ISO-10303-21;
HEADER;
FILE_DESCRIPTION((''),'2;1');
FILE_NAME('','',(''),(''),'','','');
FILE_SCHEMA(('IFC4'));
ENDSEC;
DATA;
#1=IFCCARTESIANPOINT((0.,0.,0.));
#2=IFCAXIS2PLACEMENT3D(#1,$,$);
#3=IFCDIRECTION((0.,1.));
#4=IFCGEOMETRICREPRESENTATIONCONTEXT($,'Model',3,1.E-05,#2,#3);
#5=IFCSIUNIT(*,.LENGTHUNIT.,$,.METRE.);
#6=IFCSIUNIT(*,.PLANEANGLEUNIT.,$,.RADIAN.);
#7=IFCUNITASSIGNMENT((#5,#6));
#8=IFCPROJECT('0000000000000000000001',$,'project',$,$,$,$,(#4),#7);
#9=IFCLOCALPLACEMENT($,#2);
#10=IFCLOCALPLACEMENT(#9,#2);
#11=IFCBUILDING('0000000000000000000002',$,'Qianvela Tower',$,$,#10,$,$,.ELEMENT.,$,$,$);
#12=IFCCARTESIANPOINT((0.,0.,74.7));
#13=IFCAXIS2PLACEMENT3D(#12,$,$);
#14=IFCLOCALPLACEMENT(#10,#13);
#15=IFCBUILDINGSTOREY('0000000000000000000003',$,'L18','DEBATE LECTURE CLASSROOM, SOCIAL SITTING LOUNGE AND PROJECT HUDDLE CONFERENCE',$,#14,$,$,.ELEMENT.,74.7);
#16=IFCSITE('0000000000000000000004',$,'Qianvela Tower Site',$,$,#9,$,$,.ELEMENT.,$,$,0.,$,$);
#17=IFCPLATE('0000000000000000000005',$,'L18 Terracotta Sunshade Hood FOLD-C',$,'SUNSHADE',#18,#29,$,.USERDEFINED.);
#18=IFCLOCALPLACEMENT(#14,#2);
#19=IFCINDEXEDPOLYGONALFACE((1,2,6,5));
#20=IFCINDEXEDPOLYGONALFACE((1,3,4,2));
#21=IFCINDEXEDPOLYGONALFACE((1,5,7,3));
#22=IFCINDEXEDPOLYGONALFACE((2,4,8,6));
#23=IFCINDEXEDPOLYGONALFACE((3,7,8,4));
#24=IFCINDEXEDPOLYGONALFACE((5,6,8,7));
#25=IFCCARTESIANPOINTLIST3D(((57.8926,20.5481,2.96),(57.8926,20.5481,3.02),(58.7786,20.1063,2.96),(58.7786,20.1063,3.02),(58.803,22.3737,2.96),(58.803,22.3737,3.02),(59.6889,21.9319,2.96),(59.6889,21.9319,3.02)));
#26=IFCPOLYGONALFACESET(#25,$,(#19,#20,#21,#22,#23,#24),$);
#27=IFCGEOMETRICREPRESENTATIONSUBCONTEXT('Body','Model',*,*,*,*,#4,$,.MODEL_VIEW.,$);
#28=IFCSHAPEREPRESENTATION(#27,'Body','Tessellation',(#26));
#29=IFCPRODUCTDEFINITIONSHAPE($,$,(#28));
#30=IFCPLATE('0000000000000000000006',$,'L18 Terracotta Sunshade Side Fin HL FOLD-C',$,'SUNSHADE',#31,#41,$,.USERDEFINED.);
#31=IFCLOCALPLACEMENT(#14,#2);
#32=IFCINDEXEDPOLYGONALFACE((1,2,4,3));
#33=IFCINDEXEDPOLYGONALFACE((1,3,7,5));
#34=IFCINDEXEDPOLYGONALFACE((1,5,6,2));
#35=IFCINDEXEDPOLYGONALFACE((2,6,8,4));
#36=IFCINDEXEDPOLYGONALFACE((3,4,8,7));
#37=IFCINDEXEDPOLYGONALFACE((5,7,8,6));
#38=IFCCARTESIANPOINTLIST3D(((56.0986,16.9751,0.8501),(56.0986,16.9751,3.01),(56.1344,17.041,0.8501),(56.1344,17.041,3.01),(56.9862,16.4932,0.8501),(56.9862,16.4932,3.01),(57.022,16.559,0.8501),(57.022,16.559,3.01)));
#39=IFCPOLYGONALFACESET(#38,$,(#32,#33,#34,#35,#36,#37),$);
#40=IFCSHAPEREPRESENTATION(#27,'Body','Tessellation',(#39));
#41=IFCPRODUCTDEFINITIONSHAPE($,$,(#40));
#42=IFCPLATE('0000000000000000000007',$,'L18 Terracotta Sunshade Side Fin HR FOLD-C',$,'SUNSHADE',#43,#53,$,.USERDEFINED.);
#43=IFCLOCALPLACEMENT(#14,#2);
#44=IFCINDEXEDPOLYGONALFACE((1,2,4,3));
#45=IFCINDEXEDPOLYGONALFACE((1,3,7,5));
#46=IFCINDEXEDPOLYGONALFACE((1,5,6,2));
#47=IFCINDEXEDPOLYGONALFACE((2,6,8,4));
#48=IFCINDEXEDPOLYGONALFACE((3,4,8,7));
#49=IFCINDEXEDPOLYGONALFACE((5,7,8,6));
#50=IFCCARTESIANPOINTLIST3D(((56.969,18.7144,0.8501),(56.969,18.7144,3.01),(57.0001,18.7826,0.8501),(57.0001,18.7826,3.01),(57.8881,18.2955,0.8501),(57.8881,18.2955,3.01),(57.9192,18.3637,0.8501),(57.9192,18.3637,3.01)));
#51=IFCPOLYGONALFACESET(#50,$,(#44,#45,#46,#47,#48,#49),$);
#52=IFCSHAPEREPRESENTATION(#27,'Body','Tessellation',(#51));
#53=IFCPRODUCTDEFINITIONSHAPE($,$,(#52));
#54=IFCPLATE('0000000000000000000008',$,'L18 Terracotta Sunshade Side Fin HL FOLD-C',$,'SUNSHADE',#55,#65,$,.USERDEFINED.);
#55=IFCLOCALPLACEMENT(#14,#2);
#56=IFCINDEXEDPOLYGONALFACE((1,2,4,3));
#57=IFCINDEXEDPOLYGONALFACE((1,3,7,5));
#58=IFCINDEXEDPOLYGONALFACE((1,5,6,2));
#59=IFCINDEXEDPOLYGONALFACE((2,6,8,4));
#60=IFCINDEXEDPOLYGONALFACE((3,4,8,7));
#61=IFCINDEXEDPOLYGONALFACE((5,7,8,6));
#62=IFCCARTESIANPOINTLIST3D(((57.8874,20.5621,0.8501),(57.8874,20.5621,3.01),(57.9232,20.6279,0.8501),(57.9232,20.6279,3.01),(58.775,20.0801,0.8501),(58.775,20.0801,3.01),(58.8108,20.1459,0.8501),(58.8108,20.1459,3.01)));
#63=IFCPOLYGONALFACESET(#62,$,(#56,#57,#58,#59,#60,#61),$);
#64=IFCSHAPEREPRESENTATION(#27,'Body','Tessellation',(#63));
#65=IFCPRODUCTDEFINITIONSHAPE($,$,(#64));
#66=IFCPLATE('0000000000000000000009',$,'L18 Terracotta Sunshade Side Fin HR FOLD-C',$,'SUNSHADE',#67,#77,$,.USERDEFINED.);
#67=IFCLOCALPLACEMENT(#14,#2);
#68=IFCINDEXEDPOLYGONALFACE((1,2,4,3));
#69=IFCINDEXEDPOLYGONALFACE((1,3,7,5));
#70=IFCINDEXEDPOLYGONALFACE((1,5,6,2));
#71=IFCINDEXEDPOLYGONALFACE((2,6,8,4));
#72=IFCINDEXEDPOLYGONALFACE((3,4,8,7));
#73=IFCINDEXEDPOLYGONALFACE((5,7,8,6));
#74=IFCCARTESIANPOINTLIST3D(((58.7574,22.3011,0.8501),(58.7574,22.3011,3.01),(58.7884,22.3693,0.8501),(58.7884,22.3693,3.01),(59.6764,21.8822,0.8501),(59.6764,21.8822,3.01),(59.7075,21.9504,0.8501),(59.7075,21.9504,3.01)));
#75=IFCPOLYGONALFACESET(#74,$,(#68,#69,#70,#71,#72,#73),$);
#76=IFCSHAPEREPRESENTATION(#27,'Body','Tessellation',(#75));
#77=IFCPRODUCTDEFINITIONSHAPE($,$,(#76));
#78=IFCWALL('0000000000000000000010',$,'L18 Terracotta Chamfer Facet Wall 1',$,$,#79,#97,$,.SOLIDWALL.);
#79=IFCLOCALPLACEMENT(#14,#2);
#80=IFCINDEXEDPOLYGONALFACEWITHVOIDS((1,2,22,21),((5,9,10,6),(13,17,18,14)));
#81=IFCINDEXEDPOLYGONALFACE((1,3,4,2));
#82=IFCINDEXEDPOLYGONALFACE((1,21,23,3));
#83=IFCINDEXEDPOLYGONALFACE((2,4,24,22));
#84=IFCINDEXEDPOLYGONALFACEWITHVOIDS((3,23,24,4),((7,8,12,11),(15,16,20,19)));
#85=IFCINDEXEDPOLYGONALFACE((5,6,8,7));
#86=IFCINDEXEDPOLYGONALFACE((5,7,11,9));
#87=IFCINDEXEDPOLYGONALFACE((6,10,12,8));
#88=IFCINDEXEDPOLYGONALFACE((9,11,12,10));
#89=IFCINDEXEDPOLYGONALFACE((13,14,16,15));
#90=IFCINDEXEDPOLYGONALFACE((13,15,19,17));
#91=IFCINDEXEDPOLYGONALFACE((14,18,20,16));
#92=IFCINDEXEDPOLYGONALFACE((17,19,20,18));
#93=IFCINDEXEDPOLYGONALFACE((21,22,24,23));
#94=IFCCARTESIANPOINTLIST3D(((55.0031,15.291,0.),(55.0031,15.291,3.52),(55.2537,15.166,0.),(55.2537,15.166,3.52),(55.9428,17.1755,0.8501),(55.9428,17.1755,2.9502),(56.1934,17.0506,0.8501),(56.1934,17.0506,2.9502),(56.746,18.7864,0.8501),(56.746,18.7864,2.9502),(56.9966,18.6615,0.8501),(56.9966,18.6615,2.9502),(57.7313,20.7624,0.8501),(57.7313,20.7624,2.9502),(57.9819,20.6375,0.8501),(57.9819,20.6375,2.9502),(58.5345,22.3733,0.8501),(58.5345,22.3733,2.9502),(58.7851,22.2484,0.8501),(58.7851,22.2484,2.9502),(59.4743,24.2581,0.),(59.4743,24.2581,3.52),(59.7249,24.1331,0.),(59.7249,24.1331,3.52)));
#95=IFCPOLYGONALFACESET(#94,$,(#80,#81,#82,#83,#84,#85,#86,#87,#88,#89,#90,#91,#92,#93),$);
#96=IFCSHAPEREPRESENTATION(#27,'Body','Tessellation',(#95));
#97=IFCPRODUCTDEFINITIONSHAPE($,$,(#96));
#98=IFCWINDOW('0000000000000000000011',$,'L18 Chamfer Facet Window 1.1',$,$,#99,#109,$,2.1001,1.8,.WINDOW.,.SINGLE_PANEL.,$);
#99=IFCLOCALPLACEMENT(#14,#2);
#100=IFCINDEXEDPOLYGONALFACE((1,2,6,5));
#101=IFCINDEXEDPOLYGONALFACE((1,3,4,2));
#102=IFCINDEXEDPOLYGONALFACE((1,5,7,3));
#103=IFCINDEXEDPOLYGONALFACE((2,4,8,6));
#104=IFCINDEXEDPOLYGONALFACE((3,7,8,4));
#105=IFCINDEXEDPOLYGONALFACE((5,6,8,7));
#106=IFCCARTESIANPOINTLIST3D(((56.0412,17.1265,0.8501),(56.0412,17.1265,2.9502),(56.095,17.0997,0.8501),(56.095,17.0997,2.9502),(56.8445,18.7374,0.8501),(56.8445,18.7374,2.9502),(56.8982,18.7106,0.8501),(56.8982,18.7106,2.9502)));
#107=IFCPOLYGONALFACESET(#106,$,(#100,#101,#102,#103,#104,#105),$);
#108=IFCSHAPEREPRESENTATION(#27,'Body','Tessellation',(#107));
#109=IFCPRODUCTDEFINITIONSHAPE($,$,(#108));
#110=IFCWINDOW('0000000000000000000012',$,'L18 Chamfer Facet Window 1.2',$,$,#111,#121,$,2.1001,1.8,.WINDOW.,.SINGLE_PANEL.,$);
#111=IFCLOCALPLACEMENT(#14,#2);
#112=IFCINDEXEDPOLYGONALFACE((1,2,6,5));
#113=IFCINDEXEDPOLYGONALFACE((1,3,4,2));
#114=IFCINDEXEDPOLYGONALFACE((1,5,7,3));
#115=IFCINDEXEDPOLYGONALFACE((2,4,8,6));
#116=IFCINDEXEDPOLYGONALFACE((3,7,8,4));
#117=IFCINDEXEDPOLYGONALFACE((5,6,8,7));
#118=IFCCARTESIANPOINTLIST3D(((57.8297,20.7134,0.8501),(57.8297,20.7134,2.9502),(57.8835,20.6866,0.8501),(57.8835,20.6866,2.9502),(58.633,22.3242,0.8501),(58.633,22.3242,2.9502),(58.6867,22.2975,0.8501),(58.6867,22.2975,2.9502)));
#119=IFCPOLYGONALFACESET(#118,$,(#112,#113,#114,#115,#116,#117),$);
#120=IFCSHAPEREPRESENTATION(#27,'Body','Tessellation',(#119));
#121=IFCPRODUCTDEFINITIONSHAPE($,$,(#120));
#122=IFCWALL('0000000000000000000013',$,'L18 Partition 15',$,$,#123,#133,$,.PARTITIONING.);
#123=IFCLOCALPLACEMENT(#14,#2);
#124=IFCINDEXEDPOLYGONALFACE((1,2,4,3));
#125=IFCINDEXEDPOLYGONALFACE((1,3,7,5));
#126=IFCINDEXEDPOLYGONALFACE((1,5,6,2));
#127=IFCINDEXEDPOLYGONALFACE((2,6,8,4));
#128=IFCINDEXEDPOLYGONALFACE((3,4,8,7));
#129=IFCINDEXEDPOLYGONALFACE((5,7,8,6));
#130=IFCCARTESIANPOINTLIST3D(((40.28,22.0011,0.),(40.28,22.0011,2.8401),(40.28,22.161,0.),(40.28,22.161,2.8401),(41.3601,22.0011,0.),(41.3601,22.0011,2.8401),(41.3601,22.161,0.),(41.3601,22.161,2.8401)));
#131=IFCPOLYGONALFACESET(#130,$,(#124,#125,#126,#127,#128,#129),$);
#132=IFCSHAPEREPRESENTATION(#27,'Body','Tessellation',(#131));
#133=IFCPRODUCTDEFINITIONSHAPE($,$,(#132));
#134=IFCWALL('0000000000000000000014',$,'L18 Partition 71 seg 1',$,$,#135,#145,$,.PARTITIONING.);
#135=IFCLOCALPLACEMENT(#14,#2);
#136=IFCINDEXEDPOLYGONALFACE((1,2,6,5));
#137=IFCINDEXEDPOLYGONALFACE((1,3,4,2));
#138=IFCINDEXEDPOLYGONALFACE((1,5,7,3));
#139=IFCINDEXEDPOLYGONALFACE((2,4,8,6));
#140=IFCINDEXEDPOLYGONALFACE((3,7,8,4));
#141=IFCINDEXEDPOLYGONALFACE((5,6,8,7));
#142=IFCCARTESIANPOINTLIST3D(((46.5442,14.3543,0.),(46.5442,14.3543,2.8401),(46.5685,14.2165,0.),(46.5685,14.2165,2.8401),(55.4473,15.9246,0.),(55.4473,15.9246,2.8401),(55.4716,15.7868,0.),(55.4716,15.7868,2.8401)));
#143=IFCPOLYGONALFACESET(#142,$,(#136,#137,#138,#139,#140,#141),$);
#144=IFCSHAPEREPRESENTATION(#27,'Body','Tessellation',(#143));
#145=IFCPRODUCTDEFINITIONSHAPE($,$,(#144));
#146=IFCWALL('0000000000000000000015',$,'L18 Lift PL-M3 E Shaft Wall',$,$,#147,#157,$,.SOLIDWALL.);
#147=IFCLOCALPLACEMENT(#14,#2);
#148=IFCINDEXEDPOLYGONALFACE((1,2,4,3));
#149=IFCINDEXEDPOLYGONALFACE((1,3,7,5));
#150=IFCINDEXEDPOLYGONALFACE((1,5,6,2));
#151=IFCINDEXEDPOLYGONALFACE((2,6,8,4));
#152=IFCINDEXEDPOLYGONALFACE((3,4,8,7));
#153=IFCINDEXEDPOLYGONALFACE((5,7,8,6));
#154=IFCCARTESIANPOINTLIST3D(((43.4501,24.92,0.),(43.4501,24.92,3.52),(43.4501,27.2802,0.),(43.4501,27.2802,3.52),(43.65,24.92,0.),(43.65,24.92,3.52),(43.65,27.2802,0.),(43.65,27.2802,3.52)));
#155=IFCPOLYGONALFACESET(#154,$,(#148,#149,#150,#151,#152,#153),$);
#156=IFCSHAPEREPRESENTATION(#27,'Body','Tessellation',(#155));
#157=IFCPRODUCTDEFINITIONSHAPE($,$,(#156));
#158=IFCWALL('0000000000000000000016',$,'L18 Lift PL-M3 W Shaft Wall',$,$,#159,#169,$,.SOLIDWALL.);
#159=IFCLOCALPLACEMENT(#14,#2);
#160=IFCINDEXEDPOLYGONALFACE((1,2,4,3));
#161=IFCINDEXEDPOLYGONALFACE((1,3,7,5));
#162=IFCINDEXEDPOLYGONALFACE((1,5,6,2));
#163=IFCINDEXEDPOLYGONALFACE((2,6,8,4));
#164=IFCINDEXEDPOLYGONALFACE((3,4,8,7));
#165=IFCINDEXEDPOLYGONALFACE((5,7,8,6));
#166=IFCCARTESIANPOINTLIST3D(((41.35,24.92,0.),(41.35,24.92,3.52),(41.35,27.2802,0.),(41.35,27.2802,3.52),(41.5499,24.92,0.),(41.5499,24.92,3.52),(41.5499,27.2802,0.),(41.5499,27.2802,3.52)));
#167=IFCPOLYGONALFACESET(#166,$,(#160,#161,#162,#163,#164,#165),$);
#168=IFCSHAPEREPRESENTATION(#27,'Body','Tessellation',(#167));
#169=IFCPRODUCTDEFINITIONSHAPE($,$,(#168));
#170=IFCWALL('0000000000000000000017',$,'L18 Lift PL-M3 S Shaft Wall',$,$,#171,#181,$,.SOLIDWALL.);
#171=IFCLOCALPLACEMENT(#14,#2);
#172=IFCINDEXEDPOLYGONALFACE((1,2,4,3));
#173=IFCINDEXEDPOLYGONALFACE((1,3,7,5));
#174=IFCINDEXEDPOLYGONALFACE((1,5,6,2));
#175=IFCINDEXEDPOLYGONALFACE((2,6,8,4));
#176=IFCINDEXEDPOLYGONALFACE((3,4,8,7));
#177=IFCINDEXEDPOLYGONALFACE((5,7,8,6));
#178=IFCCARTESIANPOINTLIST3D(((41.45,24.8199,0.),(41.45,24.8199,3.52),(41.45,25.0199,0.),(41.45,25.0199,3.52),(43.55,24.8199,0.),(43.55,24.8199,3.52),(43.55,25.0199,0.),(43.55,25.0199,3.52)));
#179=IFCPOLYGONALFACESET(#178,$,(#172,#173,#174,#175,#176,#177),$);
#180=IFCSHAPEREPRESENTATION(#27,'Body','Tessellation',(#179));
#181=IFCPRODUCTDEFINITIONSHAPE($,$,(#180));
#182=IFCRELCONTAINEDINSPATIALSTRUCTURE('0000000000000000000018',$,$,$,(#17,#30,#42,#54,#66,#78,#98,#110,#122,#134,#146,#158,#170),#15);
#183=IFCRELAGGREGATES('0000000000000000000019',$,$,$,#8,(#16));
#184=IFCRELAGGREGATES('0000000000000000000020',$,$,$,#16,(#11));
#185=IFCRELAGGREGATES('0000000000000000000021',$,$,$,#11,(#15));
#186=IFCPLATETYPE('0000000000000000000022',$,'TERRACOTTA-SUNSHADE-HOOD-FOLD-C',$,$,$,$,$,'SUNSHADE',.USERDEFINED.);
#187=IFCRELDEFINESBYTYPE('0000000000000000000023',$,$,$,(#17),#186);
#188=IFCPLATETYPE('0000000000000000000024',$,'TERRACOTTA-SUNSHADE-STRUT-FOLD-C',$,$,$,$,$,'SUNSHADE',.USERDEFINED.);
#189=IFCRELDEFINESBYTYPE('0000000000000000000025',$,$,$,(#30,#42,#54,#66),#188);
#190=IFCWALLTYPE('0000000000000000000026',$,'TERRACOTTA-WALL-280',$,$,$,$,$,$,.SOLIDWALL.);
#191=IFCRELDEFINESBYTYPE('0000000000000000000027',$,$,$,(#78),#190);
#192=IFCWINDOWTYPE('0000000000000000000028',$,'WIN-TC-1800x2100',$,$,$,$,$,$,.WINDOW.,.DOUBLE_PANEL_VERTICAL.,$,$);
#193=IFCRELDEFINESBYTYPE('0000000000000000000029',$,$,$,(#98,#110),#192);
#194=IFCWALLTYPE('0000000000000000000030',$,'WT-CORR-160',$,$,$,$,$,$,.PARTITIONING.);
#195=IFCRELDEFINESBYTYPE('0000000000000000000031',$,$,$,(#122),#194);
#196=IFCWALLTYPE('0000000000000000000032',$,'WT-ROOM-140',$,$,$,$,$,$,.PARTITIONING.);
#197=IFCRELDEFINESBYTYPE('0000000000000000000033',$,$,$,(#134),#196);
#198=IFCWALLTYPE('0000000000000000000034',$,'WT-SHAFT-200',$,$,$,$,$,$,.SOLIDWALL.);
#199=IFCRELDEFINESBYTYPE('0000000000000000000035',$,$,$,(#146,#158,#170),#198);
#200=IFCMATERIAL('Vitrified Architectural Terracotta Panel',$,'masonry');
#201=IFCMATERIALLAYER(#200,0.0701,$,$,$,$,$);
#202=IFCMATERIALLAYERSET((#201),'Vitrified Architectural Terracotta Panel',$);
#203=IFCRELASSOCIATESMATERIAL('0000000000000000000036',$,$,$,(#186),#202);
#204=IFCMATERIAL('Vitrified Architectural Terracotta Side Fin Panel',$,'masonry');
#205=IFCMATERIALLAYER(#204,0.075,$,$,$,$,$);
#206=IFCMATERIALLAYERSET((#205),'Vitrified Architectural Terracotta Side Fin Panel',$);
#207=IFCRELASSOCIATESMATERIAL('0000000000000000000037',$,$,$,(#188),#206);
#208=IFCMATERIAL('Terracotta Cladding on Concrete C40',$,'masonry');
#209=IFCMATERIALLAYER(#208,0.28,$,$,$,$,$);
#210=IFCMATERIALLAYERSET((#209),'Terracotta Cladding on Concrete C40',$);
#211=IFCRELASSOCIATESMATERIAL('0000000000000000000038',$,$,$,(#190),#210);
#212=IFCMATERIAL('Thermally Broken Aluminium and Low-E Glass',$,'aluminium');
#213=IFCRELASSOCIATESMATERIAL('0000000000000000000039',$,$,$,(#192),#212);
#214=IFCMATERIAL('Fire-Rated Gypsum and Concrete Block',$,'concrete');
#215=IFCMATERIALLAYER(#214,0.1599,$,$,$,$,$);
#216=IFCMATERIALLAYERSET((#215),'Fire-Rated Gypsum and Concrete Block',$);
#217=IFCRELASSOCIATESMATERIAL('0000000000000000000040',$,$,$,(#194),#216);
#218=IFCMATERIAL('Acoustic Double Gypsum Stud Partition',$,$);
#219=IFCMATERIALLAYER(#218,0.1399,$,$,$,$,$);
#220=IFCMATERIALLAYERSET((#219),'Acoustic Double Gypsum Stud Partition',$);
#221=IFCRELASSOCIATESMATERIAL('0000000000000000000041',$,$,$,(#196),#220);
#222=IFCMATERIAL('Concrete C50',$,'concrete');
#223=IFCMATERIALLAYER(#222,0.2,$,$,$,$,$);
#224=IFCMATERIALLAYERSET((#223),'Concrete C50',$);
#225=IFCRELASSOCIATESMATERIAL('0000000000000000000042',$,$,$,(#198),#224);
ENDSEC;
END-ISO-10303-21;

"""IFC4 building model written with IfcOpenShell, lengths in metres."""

from ifc_helpers import new_model, si_unit, direction, frame, frame_2d, origin, origin_2d, place, context, subcontext, project, spatial, rectangle, extrude, material, layer, layer_set, type_object, element, fill, save


model = new_model("IFC4")

# Units and contexts
model_context = context("Model", 3, precision=1e-05, world=origin(), true_north=direction((0.0, 1.0)))
body_context = subcontext(model_context, "Body", "Model", "MODEL_VIEW")
ifc_project = project(units=[si_unit("LENGTHUNIT", "METRE"), si_unit("PLANEANGLEUNIT", "RADIAN")], contexts=[model_context])

# Site, building, storey
site_placement = place(None, origin())
site = spatial("IfcSite", under=ifc_project, at=site_placement, Name="Qianvela Tower Site", CompositionType="ELEMENT", RefElevation=0.0)
building_placement = place(site_placement, origin())
building = spatial("IfcBuilding", under=site, at=building_placement, Name="Qianvela Tower", CompositionType="ELEMENT")
storey_placement = place(building_placement, frame((0.0, 0.0, 74.7)))
storey = spatial("IfcBuildingStorey", under=building, at=storey_placement, Name="L18", Description="DEBATE LECTURE CLASSROOM, SOCIAL SITTING LOUNGE AND PROJECT HUDDLE CONFERENCE", CompositionType="ELEMENT", Elevation=74.7)

# Plates
ifc_material_1 = material(Name="Vitrified Architectural Terracotta Panel", Category="masonry")
ifc_layer_1 = layer(ifc_material_1, 0.0701)
ifc_layer_set_1 = layer_set([ifc_layer_1], Name="Vitrified Architectural Terracotta Panel")
plate_type_1 = type_object("IfcPlateType", Name="TERRACOTTA-SUNSHADE-HOOD-FOLD-C", ElementType="SUNSHADE", PredefinedType="USERDEFINED", material=ifc_layer_set_1)
for number, where, z_axis, x_axis, name in (
    (1, (58.7908, 21.24, 2.96), (0.0, 0.0, 1.0), (0.446248, 0.894909, 0.0), "L18 Terracotta Sunshade Hood FOLD-C"),
):
    element("IfcPlate", number, at=place(storey_placement, frame(where, z_axis=z_axis, x_axis=x_axis)), inside=storey, type_object=plate_type_1, Name=name, ObjectType="SUNSHADE", PredefinedType="USERDEFINED", context=body_context, shape_type="SweptSolid", body=[
        extrude(rectangle(XDim=2.04, YDim=0.99, at=origin_2d()), origin(), (0.0, 0.0, 1.0), 0.0601),
    ])
ifc_material_2 = material(Name="Vitrified Architectural Terracotta Side Fin Panel", Category="masonry")
ifc_layer_2 = layer(ifc_material_2, 0.075)
ifc_layer_set_2 = layer_set([ifc_layer_2], Name="Vitrified Architectural Terracotta Side Fin Panel")
plate_type_2 = type_object("IfcPlateType", Name="TERRACOTTA-SUNSHADE-STRUT-FOLD-C", ElementType="SUNSHADE", PredefinedType="USERDEFINED", material=ifc_layer_set_2)
for number, where, z_axis, x_axis, name in (
    (2, (56.5603, 16.7671, 0.8501), (0.0, 0.0, 1.0), (0.477208, 0.87879, 0.0), "L18 Terracotta Sunshade Side Fin HL FOLD-C"),
    (3, (57.4441, 18.5391, 0.8501), (0.0, 0.0, 1.0), (0.414744, 0.909938, 0.0), "L18 Terracotta Sunshade Side Fin HR FOLD-C"),
    (4, (58.3491, 20.354, 0.8501), (0.0, 0.0, 1.0), (0.477208, 0.87879, 0.0), "L18 Terracotta Sunshade Side Fin HL FOLD-C"),
    (5, (59.2324, 22.1257, 0.8501), (0.0, 0.0, 1.0), (0.414744, 0.909938, 0.0), "L18 Terracotta Sunshade Side Fin HR FOLD-C"),
):
    element("IfcPlate", number, at=place(storey_placement, frame(where, z_axis=z_axis, x_axis=x_axis)), inside=storey, type_object=plate_type_2, Name=name, ObjectType="SUNSHADE", PredefinedType="USERDEFINED", context=body_context, shape_type="SweptSolid", body=[
        extrude(rectangle(XDim=0.075, YDim=1.01, at=origin_2d()), origin(), (0.0, 0.0, 1.0), 2.1599),
    ])

# Wall, openings, windows
ifc_material_3 = material(Name="Terracotta Cladding on Concrete C40", Category="masonry")
ifc_layer_3 = layer(ifc_material_3, 0.28)
ifc_layer_set_3 = layer_set([ifc_layer_3], Name="Terracotta Cladding on Concrete C40")
wall_type_1 = type_object("IfcWallType", Name="TERRACOTTA-WALL-280", PredefinedType="SOLIDWALL", material=ifc_layer_set_3)
wall_1_placement = place(storey_placement, frame((55.1284, 15.2285, 0.0), z_axis=(0.0, 0.0, 1.0), x_axis=(0.446229, 0.894919, 0.0)))
wall_1 = element("IfcWall", 6, at=wall_1_placement, inside=storey, type_object=wall_type_1, Name="L18 Terracotta Chamfer Facet Wall 1", PredefinedType="SOLIDWALL", context=body_context, shape_type="SweptSolid", body=[
    extrude(rectangle(XDim=10.02, YDim=0.28, at=frame_2d((5.01, 0.0))), origin(), (0.0, 0.0, 1.0), 3.52),
])
opening_1_placement = place(wall_1_placement, frame((2.106, 0.0, 0.8501)))
opening_1 = element("IfcOpeningElement", 7, at=opening_1_placement, cuts=wall_1, PredefinedType="OPENING", context=body_context, shape_type="SweptSolid", body=[
    extrude(rectangle(XDim=1.8, YDim=2.1001, at=frame_2d((0.8999, 1.05))), frame((0.0, 0.1499, 0.0), z_axis=(0.0, -1.0, 0.0), x_axis=(1.0, 0.0, 0.0)), (0.0, 0.0, 1.0), 0.3),
])
opening_2_placement = place(wall_1_placement, frame((6.114, 0.0, 0.8501)))
opening_2 = element("IfcOpeningElement", 8, at=opening_2_placement, cuts=wall_1, PredefinedType="OPENING", context=body_context, shape_type="SweptSolid", body=[
    extrude(rectangle(XDim=1.8, YDim=2.1001, at=frame_2d((0.8999, 1.05))), frame((0.0, 0.1499, 0.0), z_axis=(0.0, -1.0, 0.0), x_axis=(1.0, 0.0, 0.0)), (0.0, 0.0, 1.0), 0.3),
])
ifc_material_4 = material(Name="Thermally Broken Aluminium and Low-E Glass", Category="aluminium")
window_type = type_object("IfcWindowType", Name="WIN-TC-1800x2100", PartitioningType="DOUBLE_PANEL_VERTICAL", PredefinedType="WINDOW", material=ifc_material_4)
window_1_placement = place(opening_1_placement, origin())
window_1 = element("IfcWindow", 9, at=window_1_placement, inside=storey, type_object=window_type, Name="L18 Chamfer Facet Window 1.1", OverallHeight=2.1001, OverallWidth=1.8, PartitioningType="SINGLE_PANEL", PredefinedType="WINDOW", context=body_context, shape_type="SweptSolid", body=[
    extrude(rectangle(XDim=1.8, YDim=2.1001, at=frame_2d((0.8999, 1.05))), frame((0.0, 0.03, 0.0), z_axis=(0.0, -1.0, 0.0), x_axis=(1.0, 0.0, 0.0)), (0.0, 0.0, 1.0), 0.0601),
])
fill(opening_1, window_1)
window_2_placement = place(opening_2_placement, origin())
window_2 = element("IfcWindow", 10, at=window_2_placement, inside=storey, type_object=window_type, Name="L18 Chamfer Facet Window 1.2", OverallHeight=2.1001, OverallWidth=1.8, PartitioningType="SINGLE_PANEL", PredefinedType="WINDOW", context=body_context, shape_type="SweptSolid", body=[
    extrude(rectangle(XDim=1.8, YDim=2.1001, at=frame_2d((0.8999, 1.05))), frame((0.0, 0.03, 0.0), z_axis=(0.0, -1.0, 0.0), x_axis=(1.0, 0.0, 0.0)), (0.0, 0.0, 1.0), 0.0601),
])
fill(opening_2, window_2)

# Walls
ifc_material_5 = material(Name="Fire-Rated Gypsum and Concrete Block", Category="concrete")
ifc_layer_4 = layer(ifc_material_5, 0.1599)
ifc_layer_set_4 = layer_set([ifc_layer_4], Name="Fire-Rated Gypsum and Concrete Block")
wall_type_2 = type_object("IfcWallType", Name="WT-CORR-160", PredefinedType="PARTITIONING", material=ifc_layer_set_4)
wall_2_placement = place(storey_placement, frame((41.3601, 22.0811, 0.0), z_axis=(0.0, 0.0, 1.0), x_axis=(-1.0, 0.0, 0.0)))
element("IfcWall", 11, at=wall_2_placement, inside=storey, type_object=wall_type_2, Name="L18 Partition 15", PredefinedType="PARTITIONING", context=body_context, shape_type="SweptSolid", body=[
    extrude(rectangle(XDim=1.0801, YDim=0.1599, at=frame_2d((0.54, 0.0))), origin(), (0.0, 0.0, 1.0), 2.8401),
])
ifc_material_6 = material(Name="Acoustic Double Gypsum Stud Partition")
ifc_layer_5 = layer(ifc_material_6, 0.1399)
ifc_layer_set_5 = layer_set([ifc_layer_5], Name="Acoustic Double Gypsum Stud Partition")
wall_type_3 = type_object("IfcWallType", Name="WT-ROOM-140", PredefinedType="PARTITIONING", material=ifc_layer_set_5)
wall_3_placement = place(storey_placement, frame((55.4595, 15.8557, 0.0), z_axis=(0.0, 0.0, 1.0), x_axis=(-0.984799, -0.173698, 0.0)))
element("IfcWall", 12, at=wall_3_placement, inside=storey, type_object=wall_type_3, Name="L18 Partition 71 seg 1", PredefinedType="PARTITIONING", context=body_context, shape_type="SweptSolid", body=[
    extrude(rectangle(XDim=9.0405, YDim=0.1399, at=frame_2d((4.5203, 0.0))), origin(), (0.0, 0.0, 1.0), 2.8401),
])
ifc_material_7 = material(Name="Concrete C50", Category="concrete")
ifc_layer_6 = layer(ifc_material_7, 0.2)
ifc_layer_set_6 = layer_set([ifc_layer_6], Name="Concrete C50")
wall_type_4 = type_object("IfcWallType", Name="WT-SHAFT-200", PredefinedType="SOLIDWALL", material=ifc_layer_set_6)
for number, where, z_axis, x_axis, name in (
    (13, (43.55, 24.9199, 0.0), (0.0, 0.0, 1.0), (0.0, 1.0, 0.0), "L18 Lift PL-M3 E Shaft Wall"),
    (14, (41.45, 24.9199, 0.0), (0.0, 0.0, 1.0), (0.0, 1.0, 0.0), "L18 Lift PL-M3 W Shaft Wall"),
):
    element("IfcWall", number, at=place(storey_placement, frame(where, z_axis=z_axis, x_axis=x_axis)), inside=storey, type_object=wall_type_4, Name=name, PredefinedType="SOLIDWALL", context=body_context, shape_type="SweptSolid", body=[
        extrude(rectangle(XDim=2.3601, YDim=0.2, at=frame_2d((1.1802, 0.0))), origin(), (0.0, 0.0, 1.0), 3.52),
    ])
wall_4_placement = place(storey_placement, frame((41.45, 24.9199, 0.0), z_axis=(0.0, 0.0, 1.0), x_axis=(1.0, 0.0, 0.0)))
element("IfcWall", 15, at=wall_4_placement, inside=storey, type_object=wall_type_4, Name="L18 Lift PL-M3 S Shaft Wall", PredefinedType="SOLIDWALL", context=body_context, shape_type="SweptSolid", body=[
    extrude(rectangle(XDim=2.1001, YDim=0.2, at=frame_2d((1.05, 0.0))), origin(), (0.0, 0.0, 1.0), 3.52),
])

save(model, "model.ifc")
